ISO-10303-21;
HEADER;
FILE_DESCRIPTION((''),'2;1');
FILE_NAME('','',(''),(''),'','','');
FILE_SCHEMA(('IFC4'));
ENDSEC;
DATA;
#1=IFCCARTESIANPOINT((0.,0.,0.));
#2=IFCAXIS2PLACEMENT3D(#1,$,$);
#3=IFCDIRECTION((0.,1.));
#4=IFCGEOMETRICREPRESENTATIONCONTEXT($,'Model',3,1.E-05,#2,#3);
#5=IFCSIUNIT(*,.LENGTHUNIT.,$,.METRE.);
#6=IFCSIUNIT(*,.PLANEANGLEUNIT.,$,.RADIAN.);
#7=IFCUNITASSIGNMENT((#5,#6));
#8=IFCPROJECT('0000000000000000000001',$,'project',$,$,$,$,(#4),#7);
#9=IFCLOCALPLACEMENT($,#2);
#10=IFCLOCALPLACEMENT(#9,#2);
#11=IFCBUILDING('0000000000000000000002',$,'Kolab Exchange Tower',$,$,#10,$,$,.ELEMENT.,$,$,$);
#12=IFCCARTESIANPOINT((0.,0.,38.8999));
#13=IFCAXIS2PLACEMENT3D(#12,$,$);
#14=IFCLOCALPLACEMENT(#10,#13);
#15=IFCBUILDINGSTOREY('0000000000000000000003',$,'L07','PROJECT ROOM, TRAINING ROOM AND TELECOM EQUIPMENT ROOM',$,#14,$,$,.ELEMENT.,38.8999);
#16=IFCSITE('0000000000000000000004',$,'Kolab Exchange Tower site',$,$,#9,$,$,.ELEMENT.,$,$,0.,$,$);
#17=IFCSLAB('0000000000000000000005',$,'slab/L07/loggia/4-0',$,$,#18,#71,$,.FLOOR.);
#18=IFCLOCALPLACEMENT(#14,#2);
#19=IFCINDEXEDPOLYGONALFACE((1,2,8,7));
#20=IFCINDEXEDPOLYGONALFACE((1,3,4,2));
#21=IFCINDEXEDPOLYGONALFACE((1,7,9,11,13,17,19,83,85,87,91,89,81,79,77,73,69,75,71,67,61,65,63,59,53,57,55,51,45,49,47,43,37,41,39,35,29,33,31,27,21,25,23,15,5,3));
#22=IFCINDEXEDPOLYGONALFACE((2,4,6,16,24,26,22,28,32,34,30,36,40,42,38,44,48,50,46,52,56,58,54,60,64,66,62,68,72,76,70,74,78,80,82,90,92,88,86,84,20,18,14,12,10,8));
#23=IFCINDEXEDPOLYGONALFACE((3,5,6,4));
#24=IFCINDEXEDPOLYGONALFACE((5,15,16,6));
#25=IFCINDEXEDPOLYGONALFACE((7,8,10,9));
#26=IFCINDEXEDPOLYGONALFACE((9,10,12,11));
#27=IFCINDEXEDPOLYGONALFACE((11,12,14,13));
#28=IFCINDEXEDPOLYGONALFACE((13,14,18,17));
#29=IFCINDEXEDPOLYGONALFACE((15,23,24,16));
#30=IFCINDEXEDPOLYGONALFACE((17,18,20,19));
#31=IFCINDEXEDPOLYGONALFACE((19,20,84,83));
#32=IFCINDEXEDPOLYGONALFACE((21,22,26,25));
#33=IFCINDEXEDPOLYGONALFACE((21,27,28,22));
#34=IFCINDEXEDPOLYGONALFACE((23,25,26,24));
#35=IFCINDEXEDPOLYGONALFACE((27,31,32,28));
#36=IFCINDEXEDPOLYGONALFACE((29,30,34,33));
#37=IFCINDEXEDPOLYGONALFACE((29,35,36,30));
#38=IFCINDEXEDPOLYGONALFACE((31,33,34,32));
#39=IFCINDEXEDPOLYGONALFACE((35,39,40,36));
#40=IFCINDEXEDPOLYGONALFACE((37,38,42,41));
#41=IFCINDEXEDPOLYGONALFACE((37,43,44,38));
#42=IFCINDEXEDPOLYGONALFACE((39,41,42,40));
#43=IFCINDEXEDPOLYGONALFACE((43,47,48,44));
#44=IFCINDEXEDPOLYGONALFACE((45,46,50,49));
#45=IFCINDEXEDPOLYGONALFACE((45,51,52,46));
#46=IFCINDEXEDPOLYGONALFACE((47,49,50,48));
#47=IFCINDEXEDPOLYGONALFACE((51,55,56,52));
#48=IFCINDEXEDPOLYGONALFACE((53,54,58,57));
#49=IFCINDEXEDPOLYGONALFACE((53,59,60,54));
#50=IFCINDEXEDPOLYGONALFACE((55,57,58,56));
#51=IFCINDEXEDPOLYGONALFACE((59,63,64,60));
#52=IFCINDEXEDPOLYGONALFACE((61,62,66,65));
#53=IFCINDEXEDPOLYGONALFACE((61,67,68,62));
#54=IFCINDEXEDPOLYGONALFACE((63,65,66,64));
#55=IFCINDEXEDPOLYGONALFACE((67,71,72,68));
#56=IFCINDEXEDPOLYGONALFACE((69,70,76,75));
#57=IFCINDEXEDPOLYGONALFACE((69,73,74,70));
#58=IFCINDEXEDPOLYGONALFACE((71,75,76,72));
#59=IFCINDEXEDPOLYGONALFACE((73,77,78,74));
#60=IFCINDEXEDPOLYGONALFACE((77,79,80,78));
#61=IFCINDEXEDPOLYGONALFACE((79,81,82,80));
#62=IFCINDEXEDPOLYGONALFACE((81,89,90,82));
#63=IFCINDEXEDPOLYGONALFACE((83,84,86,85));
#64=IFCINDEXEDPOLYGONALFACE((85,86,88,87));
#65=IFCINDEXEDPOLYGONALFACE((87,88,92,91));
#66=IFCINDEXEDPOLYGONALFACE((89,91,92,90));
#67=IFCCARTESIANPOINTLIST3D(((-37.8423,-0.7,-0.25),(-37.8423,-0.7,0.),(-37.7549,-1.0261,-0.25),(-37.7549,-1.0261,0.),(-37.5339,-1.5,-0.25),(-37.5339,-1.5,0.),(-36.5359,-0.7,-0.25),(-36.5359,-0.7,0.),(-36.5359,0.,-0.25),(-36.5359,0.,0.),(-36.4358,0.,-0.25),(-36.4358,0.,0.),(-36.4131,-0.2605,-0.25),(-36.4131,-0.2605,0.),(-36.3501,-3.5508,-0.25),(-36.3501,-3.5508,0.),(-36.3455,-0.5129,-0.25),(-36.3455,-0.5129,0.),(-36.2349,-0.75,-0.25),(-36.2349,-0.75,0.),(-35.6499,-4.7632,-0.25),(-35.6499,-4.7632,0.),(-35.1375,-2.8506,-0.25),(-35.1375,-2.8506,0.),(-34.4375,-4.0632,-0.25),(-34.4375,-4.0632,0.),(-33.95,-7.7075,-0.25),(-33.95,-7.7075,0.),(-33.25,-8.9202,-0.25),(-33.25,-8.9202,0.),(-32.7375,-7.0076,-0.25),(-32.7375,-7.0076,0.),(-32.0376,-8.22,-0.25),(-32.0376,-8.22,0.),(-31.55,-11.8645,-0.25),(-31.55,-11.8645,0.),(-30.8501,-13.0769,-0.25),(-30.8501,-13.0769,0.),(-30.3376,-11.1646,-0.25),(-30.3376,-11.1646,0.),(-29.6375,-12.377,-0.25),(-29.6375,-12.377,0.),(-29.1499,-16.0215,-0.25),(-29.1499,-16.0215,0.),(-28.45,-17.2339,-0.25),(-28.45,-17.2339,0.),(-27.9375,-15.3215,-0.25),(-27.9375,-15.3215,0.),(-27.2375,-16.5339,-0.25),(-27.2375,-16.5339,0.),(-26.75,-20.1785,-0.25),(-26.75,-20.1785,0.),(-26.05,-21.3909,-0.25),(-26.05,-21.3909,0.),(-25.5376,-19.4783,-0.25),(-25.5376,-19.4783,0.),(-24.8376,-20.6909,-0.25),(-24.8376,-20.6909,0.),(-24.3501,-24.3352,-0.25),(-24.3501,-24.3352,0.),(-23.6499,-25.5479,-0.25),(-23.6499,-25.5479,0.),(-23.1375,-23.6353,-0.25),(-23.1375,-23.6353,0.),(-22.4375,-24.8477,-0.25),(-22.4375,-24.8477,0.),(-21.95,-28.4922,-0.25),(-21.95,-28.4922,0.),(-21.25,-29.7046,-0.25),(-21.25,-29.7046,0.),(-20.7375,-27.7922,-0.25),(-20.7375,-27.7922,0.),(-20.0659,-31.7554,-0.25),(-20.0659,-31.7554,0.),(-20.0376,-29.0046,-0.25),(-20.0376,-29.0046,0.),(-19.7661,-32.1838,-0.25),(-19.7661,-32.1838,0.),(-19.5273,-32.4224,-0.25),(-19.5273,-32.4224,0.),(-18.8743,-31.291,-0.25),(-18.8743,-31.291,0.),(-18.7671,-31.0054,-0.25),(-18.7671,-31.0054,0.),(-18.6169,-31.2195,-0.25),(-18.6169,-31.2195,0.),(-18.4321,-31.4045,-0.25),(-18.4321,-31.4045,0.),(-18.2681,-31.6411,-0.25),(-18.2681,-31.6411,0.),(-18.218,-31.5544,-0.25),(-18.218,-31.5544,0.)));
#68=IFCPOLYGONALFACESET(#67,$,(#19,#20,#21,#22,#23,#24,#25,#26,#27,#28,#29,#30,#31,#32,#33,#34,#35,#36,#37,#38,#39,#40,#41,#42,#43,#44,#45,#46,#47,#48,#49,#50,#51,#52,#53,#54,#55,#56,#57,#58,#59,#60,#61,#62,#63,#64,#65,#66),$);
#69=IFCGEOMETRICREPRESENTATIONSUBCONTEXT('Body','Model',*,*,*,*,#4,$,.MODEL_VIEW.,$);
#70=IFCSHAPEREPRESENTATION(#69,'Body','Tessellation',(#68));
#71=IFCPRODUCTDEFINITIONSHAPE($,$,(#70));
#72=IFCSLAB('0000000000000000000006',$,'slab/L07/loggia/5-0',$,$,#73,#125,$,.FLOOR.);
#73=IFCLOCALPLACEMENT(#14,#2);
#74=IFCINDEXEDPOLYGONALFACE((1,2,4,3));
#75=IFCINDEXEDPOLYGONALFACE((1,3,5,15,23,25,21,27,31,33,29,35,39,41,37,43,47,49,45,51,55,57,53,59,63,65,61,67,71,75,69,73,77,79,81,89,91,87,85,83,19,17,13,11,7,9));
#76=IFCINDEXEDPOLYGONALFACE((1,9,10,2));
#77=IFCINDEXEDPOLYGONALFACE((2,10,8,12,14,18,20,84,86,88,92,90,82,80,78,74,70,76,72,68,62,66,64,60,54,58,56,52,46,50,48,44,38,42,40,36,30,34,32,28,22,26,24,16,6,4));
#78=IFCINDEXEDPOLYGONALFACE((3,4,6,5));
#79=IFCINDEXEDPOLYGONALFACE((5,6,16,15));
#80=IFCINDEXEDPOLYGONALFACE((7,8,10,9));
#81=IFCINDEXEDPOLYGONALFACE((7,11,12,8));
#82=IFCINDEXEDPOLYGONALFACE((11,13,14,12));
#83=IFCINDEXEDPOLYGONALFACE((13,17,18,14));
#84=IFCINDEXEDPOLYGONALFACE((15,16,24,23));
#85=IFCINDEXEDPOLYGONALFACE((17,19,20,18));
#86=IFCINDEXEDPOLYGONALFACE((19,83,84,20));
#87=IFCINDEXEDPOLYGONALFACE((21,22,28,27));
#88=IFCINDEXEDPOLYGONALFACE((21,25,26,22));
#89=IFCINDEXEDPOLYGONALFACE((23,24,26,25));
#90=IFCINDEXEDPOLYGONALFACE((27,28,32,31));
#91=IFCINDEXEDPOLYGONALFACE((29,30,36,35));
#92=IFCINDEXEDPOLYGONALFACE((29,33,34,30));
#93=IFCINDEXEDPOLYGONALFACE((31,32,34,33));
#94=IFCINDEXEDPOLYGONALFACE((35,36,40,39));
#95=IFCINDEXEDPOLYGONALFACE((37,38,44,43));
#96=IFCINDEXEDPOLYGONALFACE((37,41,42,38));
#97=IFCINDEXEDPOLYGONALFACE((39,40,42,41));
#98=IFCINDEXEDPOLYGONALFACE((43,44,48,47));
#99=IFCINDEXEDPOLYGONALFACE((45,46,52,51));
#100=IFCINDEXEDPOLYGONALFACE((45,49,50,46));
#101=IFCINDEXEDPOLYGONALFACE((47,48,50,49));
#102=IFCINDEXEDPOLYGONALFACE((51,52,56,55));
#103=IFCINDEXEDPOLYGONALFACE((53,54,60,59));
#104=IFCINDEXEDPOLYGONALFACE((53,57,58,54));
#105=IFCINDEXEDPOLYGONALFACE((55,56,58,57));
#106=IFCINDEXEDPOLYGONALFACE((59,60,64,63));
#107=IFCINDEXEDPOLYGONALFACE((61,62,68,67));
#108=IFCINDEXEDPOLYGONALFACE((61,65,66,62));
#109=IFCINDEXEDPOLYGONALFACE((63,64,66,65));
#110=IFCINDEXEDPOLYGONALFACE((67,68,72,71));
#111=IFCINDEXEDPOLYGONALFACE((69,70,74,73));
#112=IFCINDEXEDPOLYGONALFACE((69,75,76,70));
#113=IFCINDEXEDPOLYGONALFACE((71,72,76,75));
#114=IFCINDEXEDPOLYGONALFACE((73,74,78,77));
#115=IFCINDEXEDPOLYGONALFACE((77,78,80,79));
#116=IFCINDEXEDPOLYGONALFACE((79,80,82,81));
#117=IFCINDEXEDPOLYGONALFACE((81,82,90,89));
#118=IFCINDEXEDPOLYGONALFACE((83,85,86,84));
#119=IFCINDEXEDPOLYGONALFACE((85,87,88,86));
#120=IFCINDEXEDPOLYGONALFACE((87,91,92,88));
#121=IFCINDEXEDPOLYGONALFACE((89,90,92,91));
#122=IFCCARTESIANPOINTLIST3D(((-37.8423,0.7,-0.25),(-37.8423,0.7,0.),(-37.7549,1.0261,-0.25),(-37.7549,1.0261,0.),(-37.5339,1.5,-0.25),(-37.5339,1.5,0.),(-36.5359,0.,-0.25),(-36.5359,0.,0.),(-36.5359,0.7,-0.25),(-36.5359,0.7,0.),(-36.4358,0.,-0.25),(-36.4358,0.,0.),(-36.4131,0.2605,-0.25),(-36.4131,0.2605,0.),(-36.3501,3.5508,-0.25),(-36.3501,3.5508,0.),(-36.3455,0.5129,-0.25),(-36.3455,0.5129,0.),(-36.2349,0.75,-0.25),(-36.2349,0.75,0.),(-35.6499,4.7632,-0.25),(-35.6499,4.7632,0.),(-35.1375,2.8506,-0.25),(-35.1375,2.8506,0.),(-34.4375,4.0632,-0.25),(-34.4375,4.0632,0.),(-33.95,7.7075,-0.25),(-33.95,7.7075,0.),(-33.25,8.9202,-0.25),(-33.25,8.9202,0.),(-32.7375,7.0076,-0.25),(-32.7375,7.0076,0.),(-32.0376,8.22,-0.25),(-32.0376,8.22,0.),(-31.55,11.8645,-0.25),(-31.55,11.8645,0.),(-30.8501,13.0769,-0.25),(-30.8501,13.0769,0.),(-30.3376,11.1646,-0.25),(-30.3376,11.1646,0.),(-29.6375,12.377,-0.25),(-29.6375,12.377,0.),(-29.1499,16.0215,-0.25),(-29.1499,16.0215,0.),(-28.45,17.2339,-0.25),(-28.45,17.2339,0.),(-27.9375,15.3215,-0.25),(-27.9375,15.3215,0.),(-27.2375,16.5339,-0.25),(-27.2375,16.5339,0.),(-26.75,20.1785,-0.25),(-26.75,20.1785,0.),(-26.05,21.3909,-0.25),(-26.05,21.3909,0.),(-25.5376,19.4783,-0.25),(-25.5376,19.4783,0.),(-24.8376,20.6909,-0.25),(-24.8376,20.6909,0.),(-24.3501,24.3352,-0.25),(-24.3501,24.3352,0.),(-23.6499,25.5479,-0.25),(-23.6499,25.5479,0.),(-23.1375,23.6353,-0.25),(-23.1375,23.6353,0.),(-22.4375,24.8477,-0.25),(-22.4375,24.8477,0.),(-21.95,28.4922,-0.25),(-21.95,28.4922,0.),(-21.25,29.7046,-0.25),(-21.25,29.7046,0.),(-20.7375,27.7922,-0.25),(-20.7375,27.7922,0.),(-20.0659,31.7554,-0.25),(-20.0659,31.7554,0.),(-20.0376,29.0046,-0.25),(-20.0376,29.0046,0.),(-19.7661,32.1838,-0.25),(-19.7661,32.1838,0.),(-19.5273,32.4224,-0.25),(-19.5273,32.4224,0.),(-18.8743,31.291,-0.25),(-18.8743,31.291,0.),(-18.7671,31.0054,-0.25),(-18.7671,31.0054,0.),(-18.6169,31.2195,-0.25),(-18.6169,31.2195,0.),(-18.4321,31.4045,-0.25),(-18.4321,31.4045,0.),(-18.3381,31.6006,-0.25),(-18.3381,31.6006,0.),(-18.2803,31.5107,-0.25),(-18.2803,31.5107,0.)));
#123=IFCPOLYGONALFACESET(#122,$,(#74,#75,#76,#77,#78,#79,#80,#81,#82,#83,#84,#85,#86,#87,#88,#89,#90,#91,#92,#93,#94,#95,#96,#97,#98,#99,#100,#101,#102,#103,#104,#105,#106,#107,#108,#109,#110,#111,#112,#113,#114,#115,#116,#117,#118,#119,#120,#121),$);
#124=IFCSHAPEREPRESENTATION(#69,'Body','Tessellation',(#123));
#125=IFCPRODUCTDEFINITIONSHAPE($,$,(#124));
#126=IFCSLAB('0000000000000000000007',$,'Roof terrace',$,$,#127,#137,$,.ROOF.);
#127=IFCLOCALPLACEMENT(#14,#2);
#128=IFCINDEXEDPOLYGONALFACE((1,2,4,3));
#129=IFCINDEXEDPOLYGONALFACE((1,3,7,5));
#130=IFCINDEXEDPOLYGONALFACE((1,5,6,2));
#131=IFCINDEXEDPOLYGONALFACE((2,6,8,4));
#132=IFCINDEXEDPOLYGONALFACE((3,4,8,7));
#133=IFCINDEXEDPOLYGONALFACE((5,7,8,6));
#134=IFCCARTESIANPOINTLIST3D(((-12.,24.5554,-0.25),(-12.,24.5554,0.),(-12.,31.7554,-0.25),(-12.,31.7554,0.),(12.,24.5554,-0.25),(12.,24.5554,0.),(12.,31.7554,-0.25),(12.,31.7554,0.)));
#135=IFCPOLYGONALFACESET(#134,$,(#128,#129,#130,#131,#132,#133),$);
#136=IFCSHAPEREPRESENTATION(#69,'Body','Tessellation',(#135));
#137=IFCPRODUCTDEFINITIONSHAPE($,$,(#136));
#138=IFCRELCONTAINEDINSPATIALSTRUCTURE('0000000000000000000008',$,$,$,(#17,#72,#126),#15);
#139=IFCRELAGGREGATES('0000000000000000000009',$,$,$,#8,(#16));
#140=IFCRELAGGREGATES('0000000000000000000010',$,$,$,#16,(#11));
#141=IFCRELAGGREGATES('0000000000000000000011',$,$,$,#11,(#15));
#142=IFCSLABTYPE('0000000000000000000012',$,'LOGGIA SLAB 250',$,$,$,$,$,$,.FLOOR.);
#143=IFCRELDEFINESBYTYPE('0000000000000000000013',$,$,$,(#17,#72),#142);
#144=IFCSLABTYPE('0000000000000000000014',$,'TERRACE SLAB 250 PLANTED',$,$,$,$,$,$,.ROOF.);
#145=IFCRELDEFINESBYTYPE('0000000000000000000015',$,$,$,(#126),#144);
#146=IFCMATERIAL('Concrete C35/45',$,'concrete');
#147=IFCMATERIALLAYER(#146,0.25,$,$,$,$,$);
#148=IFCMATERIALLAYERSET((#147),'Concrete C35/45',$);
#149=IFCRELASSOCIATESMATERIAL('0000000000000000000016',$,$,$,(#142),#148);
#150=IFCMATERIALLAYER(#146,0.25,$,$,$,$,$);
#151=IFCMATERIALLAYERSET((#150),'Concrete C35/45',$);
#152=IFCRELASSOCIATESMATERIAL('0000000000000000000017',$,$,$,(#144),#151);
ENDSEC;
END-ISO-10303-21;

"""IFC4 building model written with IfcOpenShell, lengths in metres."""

from ifc_helpers import new_model, si_unit, direction, frame, origin, place, context, subcontext, project, spatial, polyline, outline, extrude, material, layer, layer_set, type_object, element, save


model = new_model("IFC4")

# Units and contexts
model_context = context("Model", 3, precision=1e-05, world=origin(), true_north=direction((0.0, 1.0)))
body_context = subcontext(model_context, "Body", "Model", "MODEL_VIEW")
ifc_project = project(units=[si_unit("LENGTHUNIT", "METRE"), si_unit("PLANEANGLEUNIT", "RADIAN")], contexts=[model_context])

# Site, building, storey
site_placement = place(None, origin())
site = spatial("IfcSite", under=ifc_project, at=site_placement, Name="Kolab Exchange Tower site", CompositionType="ELEMENT", RefElevation=0.0)
building_placement = place(site_placement, origin())
building = spatial("IfcBuilding", under=site, at=building_placement, Name="Kolab Exchange Tower", CompositionType="ELEMENT")
storey_placement = place(building_placement, frame((0.0, 0.0, 38.8999)))
storey = spatial("IfcBuildingStorey", under=building, at=storey_placement, Name="L07", Description="PROJECT ROOM, TRAINING ROOM AND TELECOM EQUIPMENT ROOM", CompositionType="ELEMENT", Elevation=38.8999)

# Slabs
ifc_material_1 = material(Name="Concrete C35/45", Category="concrete")
ifc_layer_1 = layer(ifc_material_1, 0.25)
ifc_layer_set_1 = layer_set([ifc_layer_1], Name="Concrete C35/45")
slab_type_1 = type_object("IfcSlabType", Name="LOGGIA SLAB 250", PredefinedType="FLOOR", material=ifc_layer_set_1)
slab_1_placement = place(storey_placement, frame((0.0, 0.0, -0.25)))
element("IfcSlab", 1, at=slab_1_placement, inside=storey, type_object=slab_type_1, Name="slab/L07/loggia/4-0", PredefinedType="FLOOR", context=body_context, shape_type="SweptSolid", body=[
    extrude(outline(polyline([(-36.4131, -0.2605), (-36.4358, 0.0), (-36.5359, 0.0), (-36.5359, -0.7), (-37.8423, -0.7), (-37.7549, -1.0261), (-37.5339, -1.5), (-36.3501, -3.5508), (-35.1375, -2.8506), (-34.4375, -4.0632), (-35.6499, -4.7632), (-33.95, -7.7075), (-32.7375, -7.0076), (-32.0376, -8.22), (-33.25, -8.9202), (-31.55, -11.8645), (-30.3376, -11.1646), (-29.6375, -12.377), (-30.8501, -13.0769), (-29.1499, -16.0215), (-27.9375, -15.3215), (-27.2375, -16.5339), (-28.45, -17.2339), (-26.75, -20.1785), (-25.5376, -19.4783), (-24.8376, -20.6909), (-26.05, -21.3909), (-24.3501, -24.3352), (-23.1375, -23.6353), (-22.4375, -24.8477), (-23.6499, -25.5479), (-21.95, -28.4922), (-20.7375, -27.7922), (-20.0376, -29.0046), (-21.25, -29.7046), (-20.0659, -31.7554), (-19.7661, -32.1838), (-19.5273, -32.4224), (-18.8743, -31.291), (-18.2681, -31.6411), (-18.218, -31.5544), (-18.4321, -31.4045), (-18.6169, -31.2195), (-18.7671, -31.0054), (-36.2349, -0.75), (-36.3455, -0.5129), (-36.4131, -0.2605)])), origin(), (0.0, 0.0, 1.0), 0.25),
])
slab_2_placement = place(storey_placement, frame((0.0, 0.0, -0.25)))
element("IfcSlab", 2, at=slab_2_placement, inside=storey, type_object=slab_type_1, Name="slab/L07/loggia/5-0", PredefinedType="FLOOR", context=body_context, shape_type="SweptSolid", body=[
    extrude(outline(polyline([(-18.4321, 31.4045), (-18.2803, 31.5107), (-18.3381, 31.6006), (-18.8743, 31.291), (-19.5273, 32.4224), (-19.7661, 32.1838), (-20.0659, 31.7554), (-21.25, 29.7046), (-20.0376, 29.0046), (-20.7375, 27.7922), (-21.95, 28.4922), (-23.6499, 25.5479), (-22.4375, 24.8477), (-23.1375, 23.6353), (-24.3501, 24.3352), (-26.05, 21.3909), (-24.8376, 20.6909), (-25.5376, 19.4783), (-26.75, 20.1785), (-28.45, 17.2339), (-27.2375, 16.5339), (-27.9375, 15.3215), (-29.1499, 16.0215), (-30.8501, 13.0769), (-29.6375, 12.377), (-30.3376, 11.1646), (-31.55, 11.8645), (-33.25, 8.9202), (-32.0376, 8.22), (-32.7375, 7.0076), (-33.95, 7.7075), (-35.6499, 4.7632), (-34.4375, 4.0632), (-35.1375, 2.8506), (-36.3501, 3.5508), (-37.5339, 1.5), (-37.7549, 1.0261), (-37.8423, 0.7), (-36.5359, 0.7), (-36.5359, 0.0), (-36.4358, 0.0), (-36.4131, 0.2605), (-36.3455, 0.5129), (-36.2349, 0.75), (-18.7671, 31.0054), (-18.6169, 31.2195), (-18.4321, 31.4045)])), origin(), (0.0, 0.0, 1.0), 0.25),
])
ifc_layer_2 = layer(ifc_material_1, 0.25)
ifc_layer_set_2 = layer_set([ifc_layer_2], Name="Concrete C35/45")
slab_type_2 = type_object("IfcSlabType", Name="TERRACE SLAB 250 PLANTED", PredefinedType="ROOF", material=ifc_layer_set_2)
slab_3_placement = place(storey_placement, frame((0.0, 0.0, -0.25)))
element("IfcSlab", 3, at=slab_3_placement, inside=storey, type_object=slab_type_2, Name="Roof terrace", PredefinedType="ROOF", context=body_context, shape_type="SweptSolid", body=[
    extrude(outline(polyline([(-12.0, 31.7554), (-12.0, 24.5554), (12.0, 24.5554), (12.0, 31.7554), (-12.0, 31.7554)])), origin(), (0.0, 0.0, 1.0), 0.25),
])

save(model, "model.ifc")
